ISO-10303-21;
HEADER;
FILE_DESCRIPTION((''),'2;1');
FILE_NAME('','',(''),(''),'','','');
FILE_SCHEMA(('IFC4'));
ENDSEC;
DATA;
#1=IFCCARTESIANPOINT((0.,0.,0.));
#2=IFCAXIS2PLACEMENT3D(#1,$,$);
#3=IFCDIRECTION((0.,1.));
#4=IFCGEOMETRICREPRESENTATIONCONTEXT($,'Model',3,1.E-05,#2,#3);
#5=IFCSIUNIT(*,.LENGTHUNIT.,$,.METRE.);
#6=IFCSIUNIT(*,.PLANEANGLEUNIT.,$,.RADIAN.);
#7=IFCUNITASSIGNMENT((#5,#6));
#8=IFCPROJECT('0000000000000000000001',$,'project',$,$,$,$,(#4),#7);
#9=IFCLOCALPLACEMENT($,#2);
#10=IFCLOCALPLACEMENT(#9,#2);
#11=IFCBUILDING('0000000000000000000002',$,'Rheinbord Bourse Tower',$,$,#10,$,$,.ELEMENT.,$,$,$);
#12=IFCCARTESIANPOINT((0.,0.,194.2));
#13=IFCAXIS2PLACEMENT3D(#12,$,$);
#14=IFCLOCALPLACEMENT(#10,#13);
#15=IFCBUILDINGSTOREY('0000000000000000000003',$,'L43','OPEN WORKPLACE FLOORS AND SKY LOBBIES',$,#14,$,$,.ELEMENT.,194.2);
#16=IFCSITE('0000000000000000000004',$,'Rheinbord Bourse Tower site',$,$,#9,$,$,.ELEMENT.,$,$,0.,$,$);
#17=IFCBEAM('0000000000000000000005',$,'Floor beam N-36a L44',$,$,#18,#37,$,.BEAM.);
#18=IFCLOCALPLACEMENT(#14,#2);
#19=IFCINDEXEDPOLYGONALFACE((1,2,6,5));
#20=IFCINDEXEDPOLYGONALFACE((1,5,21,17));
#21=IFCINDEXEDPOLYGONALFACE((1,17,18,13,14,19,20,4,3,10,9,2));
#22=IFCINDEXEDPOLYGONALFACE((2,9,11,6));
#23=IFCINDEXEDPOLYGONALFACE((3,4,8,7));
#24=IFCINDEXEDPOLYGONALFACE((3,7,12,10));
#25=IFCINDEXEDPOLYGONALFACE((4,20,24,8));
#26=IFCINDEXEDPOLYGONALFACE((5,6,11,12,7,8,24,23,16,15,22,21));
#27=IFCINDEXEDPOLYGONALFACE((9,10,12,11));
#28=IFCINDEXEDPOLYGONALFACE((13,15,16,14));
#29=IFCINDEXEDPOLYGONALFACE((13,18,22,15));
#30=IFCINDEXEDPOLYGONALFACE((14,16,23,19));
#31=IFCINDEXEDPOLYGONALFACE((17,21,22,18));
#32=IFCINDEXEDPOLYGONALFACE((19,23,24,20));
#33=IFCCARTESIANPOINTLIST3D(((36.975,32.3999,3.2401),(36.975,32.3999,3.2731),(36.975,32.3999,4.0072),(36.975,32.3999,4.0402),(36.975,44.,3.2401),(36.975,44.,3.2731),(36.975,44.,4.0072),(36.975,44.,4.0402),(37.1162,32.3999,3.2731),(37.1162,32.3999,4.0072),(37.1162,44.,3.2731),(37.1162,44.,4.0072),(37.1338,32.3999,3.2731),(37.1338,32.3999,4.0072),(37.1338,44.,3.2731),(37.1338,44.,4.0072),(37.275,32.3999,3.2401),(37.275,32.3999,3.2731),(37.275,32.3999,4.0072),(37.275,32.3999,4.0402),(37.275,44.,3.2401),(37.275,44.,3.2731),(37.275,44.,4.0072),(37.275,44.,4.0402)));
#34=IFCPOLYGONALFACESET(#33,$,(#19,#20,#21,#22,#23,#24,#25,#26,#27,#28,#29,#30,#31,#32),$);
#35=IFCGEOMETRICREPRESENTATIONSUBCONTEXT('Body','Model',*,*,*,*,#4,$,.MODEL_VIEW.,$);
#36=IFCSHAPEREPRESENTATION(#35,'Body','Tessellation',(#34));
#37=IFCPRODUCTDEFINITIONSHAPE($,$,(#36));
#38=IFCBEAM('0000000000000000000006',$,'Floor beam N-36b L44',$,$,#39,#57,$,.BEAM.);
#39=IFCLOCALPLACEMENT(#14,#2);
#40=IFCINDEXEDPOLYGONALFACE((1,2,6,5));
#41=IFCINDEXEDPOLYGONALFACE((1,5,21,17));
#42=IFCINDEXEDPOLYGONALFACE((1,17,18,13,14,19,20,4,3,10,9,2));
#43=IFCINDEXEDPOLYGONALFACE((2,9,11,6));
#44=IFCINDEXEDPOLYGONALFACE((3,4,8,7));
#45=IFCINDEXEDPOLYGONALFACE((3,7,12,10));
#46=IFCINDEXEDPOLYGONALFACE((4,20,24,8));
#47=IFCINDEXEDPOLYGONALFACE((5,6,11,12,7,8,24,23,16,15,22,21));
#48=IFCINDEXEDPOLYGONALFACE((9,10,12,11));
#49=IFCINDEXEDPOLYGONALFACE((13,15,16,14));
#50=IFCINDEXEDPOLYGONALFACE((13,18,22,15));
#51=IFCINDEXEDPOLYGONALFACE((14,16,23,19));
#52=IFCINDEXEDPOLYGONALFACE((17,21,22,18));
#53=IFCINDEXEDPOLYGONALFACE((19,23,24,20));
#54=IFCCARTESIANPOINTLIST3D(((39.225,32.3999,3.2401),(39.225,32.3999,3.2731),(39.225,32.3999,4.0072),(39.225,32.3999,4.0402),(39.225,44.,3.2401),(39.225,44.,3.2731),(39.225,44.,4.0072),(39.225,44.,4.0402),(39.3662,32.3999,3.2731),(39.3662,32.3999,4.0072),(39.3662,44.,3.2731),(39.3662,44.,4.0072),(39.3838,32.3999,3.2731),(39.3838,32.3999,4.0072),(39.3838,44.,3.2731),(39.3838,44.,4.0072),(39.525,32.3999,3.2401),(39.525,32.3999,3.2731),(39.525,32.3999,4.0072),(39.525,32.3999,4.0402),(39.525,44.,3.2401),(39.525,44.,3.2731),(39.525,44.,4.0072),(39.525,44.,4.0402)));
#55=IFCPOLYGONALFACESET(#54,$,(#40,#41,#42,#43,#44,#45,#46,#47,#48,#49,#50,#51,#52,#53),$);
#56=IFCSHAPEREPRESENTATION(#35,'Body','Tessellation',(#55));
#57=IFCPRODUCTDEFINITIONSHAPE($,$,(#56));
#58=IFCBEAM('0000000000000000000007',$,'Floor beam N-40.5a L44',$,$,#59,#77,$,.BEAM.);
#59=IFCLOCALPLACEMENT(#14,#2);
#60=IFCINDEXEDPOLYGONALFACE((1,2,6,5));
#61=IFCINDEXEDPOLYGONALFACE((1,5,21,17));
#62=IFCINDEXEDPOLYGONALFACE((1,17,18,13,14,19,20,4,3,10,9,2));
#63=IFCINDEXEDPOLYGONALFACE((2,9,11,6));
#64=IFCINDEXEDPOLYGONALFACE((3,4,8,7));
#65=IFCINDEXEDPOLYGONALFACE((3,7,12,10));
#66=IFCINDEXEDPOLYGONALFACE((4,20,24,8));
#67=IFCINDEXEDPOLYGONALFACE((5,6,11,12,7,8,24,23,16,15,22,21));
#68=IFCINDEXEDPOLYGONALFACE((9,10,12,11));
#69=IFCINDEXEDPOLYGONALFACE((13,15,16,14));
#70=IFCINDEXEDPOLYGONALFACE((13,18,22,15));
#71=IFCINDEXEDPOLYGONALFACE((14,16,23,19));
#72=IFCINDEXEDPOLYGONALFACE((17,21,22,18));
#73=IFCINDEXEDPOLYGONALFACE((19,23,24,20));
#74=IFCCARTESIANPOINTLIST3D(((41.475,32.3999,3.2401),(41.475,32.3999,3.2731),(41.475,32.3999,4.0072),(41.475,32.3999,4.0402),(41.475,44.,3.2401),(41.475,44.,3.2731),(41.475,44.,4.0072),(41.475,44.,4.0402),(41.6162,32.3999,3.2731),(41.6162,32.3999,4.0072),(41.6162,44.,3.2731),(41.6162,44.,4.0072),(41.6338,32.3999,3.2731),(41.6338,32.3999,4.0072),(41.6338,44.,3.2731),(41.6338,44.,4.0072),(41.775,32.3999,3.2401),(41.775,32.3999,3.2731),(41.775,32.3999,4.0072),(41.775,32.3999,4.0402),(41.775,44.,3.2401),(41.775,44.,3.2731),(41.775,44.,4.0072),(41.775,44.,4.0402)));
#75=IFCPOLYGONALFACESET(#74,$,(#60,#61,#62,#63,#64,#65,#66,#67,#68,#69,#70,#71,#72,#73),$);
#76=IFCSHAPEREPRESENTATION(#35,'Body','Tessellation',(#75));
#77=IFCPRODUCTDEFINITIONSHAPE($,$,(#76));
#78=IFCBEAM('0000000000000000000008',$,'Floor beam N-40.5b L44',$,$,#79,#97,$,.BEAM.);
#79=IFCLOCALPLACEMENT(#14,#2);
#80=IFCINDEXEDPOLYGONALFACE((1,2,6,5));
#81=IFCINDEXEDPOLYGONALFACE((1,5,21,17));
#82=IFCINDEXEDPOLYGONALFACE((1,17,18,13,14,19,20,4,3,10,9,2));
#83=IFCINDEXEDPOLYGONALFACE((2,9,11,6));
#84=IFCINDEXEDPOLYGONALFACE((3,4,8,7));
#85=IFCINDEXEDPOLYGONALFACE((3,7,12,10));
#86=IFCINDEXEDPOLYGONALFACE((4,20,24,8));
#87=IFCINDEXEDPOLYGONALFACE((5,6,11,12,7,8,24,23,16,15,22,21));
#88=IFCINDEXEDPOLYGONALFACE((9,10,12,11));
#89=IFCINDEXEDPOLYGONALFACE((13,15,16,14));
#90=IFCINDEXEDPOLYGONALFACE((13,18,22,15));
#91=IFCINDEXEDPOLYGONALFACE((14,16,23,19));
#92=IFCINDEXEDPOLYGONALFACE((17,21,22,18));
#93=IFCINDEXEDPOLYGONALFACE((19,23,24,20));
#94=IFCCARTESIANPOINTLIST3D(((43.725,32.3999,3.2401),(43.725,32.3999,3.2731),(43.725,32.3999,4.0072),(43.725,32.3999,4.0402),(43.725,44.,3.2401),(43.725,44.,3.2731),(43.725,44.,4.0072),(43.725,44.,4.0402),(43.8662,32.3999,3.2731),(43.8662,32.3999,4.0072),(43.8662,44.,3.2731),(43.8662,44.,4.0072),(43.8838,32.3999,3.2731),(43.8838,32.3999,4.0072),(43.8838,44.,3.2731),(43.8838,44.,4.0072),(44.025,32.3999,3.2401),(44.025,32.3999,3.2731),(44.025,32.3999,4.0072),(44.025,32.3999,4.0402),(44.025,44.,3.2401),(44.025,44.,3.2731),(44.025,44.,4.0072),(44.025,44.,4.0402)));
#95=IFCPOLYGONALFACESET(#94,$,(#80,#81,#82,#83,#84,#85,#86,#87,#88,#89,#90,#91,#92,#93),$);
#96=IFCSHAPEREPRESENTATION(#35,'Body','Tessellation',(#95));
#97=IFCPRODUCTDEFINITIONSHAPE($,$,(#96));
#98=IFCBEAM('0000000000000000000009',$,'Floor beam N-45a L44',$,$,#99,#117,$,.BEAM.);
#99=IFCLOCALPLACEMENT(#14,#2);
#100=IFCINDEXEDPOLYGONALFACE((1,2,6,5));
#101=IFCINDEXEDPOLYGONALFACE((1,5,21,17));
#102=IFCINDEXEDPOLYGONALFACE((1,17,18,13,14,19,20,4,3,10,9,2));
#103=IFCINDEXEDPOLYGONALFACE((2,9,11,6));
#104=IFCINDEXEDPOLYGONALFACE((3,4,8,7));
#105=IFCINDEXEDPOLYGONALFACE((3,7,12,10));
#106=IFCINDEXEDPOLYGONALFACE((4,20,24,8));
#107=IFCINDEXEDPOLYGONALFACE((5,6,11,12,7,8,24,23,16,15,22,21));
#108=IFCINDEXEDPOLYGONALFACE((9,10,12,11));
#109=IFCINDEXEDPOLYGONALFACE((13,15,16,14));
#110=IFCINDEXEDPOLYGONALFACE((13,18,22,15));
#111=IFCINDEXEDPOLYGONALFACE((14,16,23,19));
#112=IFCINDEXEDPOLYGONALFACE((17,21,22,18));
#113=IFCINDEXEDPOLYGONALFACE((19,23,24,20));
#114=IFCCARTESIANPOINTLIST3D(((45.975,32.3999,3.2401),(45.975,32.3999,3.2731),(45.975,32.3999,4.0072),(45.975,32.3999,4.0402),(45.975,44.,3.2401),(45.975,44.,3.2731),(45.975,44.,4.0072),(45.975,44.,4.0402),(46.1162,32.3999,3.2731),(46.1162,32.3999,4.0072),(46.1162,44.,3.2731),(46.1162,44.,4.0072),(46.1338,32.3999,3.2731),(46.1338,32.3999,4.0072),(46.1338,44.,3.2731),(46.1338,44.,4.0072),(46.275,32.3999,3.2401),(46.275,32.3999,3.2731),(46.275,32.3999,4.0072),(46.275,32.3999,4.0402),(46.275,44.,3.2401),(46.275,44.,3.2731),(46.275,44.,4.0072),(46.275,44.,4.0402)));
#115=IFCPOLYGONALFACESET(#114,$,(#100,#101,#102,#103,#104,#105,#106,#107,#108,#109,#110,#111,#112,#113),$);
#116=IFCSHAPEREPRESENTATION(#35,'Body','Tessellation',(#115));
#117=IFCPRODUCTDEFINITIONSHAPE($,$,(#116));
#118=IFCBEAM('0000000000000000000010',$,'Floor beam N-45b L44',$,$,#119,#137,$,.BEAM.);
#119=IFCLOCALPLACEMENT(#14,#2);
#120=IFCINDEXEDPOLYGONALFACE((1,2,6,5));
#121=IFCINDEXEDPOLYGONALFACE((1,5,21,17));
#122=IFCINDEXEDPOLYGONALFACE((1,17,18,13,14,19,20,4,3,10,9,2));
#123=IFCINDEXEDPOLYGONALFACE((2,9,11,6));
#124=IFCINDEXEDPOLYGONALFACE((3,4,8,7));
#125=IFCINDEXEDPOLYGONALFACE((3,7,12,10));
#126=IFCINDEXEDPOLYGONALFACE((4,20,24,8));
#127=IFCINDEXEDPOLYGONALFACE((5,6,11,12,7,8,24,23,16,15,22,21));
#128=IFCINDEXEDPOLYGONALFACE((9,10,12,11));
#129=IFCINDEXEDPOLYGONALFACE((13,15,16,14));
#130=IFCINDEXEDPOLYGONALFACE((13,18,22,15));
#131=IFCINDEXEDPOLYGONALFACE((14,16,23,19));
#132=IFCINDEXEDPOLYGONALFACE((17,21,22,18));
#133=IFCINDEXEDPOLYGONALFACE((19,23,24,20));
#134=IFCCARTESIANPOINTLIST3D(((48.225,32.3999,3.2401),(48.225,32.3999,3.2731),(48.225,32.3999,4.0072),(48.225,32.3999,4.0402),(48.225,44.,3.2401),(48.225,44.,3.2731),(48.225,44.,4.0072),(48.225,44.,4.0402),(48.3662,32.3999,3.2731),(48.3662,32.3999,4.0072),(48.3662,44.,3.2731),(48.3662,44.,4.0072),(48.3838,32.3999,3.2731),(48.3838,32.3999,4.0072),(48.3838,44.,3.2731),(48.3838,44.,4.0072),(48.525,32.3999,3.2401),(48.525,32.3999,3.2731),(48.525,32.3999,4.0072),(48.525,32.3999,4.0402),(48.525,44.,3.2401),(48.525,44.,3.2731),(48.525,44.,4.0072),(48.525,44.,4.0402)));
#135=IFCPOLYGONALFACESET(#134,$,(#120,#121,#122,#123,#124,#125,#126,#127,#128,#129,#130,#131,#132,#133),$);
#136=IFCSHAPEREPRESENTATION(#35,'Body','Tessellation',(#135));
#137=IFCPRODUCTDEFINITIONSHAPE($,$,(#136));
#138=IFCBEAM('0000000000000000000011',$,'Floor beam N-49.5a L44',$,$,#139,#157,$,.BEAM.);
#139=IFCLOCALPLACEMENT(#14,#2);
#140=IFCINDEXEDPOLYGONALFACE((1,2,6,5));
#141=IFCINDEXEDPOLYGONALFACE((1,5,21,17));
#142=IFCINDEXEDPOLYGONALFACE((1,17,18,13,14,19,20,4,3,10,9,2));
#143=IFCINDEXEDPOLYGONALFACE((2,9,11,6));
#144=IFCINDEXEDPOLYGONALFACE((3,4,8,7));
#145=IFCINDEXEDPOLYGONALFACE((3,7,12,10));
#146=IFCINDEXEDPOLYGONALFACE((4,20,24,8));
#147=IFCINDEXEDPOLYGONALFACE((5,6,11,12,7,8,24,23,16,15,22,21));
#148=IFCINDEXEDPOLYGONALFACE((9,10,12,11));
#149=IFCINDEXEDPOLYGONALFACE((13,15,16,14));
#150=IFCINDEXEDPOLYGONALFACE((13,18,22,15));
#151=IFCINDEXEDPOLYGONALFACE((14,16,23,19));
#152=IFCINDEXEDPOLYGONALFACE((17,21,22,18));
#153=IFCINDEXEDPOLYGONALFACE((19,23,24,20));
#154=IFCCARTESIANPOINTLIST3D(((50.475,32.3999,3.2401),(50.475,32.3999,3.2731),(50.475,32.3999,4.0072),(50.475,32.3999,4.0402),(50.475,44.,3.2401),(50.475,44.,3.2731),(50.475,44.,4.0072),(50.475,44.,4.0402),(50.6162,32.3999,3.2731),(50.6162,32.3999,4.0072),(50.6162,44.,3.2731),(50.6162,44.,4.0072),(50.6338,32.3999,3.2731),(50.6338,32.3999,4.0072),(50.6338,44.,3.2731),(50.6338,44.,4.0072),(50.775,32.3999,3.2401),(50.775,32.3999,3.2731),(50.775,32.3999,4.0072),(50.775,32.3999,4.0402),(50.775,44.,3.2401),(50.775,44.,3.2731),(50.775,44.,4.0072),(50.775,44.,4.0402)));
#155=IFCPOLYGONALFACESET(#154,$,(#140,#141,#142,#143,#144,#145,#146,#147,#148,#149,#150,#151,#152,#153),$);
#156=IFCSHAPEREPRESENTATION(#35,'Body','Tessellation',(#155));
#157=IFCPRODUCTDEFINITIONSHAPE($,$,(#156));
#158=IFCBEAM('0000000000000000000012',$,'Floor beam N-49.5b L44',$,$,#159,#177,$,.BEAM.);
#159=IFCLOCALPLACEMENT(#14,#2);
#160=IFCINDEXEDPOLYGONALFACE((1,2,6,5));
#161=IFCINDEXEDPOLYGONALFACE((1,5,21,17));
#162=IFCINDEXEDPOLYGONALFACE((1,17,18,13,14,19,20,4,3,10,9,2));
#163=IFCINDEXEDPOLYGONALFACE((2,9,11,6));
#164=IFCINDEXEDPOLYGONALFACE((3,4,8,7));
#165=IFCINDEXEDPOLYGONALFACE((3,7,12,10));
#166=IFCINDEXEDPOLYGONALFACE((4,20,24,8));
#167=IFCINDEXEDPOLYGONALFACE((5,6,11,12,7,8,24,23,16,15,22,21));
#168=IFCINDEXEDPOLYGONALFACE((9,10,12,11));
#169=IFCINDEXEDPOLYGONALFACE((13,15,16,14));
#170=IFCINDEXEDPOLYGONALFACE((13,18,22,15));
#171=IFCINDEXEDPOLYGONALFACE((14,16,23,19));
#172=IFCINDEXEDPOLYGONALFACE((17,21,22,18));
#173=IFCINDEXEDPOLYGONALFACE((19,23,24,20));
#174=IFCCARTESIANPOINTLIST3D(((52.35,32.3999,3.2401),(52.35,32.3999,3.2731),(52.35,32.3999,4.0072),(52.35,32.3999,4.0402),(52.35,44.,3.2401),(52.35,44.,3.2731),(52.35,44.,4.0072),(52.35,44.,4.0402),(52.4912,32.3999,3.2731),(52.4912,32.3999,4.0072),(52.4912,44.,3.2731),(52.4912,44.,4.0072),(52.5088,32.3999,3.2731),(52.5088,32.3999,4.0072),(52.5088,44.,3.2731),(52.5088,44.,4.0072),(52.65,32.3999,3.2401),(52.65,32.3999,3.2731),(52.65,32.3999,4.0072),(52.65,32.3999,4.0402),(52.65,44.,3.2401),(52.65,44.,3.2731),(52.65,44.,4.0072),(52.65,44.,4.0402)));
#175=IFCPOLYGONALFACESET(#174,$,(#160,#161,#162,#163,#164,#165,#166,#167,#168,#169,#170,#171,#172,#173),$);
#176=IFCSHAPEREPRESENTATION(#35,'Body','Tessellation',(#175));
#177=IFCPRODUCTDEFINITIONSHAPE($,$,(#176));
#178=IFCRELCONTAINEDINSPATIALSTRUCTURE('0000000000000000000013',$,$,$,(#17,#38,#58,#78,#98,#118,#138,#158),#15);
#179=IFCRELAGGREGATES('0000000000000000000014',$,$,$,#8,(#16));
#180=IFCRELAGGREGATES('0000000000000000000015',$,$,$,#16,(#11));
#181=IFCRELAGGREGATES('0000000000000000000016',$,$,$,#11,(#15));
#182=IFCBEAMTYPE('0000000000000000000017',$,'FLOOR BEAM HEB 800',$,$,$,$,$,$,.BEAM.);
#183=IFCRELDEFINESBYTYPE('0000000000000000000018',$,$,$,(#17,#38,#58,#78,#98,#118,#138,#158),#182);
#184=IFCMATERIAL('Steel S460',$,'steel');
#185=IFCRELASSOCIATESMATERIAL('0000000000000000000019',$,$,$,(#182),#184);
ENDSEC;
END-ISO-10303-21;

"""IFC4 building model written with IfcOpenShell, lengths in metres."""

from ifc_helpers import new_model, si_unit, direction, frame, origin, origin_2d, place, context, subcontext, project, spatial, i_section, extrude, material, material_profile, profile_set, type_object, element, save


model = new_model("IFC4")

# Units and contexts
model_context = context("Model", 3, precision=1e-05, world=origin(), true_north=direction((0.0, 1.0)))
body_context = subcontext(model_context, "Body", "Model", "MODEL_VIEW")
ifc_project = project(units=[si_unit("LENGTHUNIT", "METRE"), si_unit("PLANEANGLEUNIT", "RADIAN")], contexts=[model_context])

# Site, building, storey
site_placement = place(None, origin())
site = spatial("IfcSite", under=ifc_project, at=site_placement, Name="Rheinbord Bourse Tower site", CompositionType="ELEMENT", RefElevation=0.0)
building_placement = place(site_placement, origin())
building = spatial("IfcBuilding", under=site, at=building_placement, Name="Rheinbord Bourse Tower", CompositionType="ELEMENT")
storey_placement = place(building_placement, frame((0.0, 0.0, 194.2)))
storey = spatial("IfcBuildingStorey", under=building, at=storey_placement, Name="L43", Description="OPEN WORKPLACE FLOORS AND SKY LOBBIES", CompositionType="ELEMENT", Elevation=194.2)

# Beams
ifc_material_1 = material(Name="Steel S460", Category="steel")
ifc_material_profile_1 = material_profile(ifc_material_1, i_section(OverallWidth=0.3, OverallDepth=0.8, WebThickness=0.0176, FlangeThickness=0.033, at=origin_2d()), Name="HEB 800")
ifc_profile_set_1 = profile_set([ifc_material_profile_1], Name="Steel S460")
beam_type_1 = type_object("IfcBeamType", Name="FLOOR BEAM HEB 800", PredefinedType="BEAM", material=ifc_profile_set_1)
for number, where, z_axis, x_axis, name in (
    (1, (37.125, 44.0, 3.6401), (0.0, -1.0, 0.0), (1.0, 0.0, 0.0), "Floor beam N-36a L44"),
    (2, (39.375, 44.0, 3.6401), (0.0, -1.0, 0.0), (1.0, 0.0, 0.0), "Floor beam N-36b L44"),
    (3, (41.625, 44.0, 3.6401), (0.0, -1.0, 0.0), (1.0, 0.0, 0.0), "Floor beam N-40.5a L44"),
    (4, (43.875, 44.0, 3.6401), (0.0, -1.0, 0.0), (1.0, 0.0, 0.0), "Floor beam N-40.5b L44"),
    (5, (46.125, 44.0, 3.6401), (0.0, -1.0, 0.0), (1.0, 0.0, 0.0), "Floor beam N-45a L44"),
    (6, (48.375, 44.0, 3.6401), (0.0, -1.0, 0.0), (1.0, 0.0, 0.0), "Floor beam N-45b L44"),
    (7, (50.625, 44.0, 3.6401), (0.0, -1.0, 0.0), (1.0, 0.0, 0.0), "Floor beam N-49.5a L44"),
    (8, (52.5, 44.0, 3.6401), (0.0, -1.0, 0.0), (1.0, 0.0, 0.0), "Floor beam N-49.5b L44"),
):
    element("IfcBeam", number, at=place(storey_placement, frame(where, z_axis=z_axis, x_axis=x_axis)), inside=storey, type_object=beam_type_1, Name=name, PredefinedType="BEAM", context=body_context, shape_type="SweptSolid", body=[
        extrude(i_section(OverallWidth=0.3, OverallDepth=0.8, WebThickness=0.0176, FlangeThickness=0.033, at=origin_2d()), origin(), (0.0, 0.0, 1.0), 11.6001),
    ])

save(model, "model.ifc")
